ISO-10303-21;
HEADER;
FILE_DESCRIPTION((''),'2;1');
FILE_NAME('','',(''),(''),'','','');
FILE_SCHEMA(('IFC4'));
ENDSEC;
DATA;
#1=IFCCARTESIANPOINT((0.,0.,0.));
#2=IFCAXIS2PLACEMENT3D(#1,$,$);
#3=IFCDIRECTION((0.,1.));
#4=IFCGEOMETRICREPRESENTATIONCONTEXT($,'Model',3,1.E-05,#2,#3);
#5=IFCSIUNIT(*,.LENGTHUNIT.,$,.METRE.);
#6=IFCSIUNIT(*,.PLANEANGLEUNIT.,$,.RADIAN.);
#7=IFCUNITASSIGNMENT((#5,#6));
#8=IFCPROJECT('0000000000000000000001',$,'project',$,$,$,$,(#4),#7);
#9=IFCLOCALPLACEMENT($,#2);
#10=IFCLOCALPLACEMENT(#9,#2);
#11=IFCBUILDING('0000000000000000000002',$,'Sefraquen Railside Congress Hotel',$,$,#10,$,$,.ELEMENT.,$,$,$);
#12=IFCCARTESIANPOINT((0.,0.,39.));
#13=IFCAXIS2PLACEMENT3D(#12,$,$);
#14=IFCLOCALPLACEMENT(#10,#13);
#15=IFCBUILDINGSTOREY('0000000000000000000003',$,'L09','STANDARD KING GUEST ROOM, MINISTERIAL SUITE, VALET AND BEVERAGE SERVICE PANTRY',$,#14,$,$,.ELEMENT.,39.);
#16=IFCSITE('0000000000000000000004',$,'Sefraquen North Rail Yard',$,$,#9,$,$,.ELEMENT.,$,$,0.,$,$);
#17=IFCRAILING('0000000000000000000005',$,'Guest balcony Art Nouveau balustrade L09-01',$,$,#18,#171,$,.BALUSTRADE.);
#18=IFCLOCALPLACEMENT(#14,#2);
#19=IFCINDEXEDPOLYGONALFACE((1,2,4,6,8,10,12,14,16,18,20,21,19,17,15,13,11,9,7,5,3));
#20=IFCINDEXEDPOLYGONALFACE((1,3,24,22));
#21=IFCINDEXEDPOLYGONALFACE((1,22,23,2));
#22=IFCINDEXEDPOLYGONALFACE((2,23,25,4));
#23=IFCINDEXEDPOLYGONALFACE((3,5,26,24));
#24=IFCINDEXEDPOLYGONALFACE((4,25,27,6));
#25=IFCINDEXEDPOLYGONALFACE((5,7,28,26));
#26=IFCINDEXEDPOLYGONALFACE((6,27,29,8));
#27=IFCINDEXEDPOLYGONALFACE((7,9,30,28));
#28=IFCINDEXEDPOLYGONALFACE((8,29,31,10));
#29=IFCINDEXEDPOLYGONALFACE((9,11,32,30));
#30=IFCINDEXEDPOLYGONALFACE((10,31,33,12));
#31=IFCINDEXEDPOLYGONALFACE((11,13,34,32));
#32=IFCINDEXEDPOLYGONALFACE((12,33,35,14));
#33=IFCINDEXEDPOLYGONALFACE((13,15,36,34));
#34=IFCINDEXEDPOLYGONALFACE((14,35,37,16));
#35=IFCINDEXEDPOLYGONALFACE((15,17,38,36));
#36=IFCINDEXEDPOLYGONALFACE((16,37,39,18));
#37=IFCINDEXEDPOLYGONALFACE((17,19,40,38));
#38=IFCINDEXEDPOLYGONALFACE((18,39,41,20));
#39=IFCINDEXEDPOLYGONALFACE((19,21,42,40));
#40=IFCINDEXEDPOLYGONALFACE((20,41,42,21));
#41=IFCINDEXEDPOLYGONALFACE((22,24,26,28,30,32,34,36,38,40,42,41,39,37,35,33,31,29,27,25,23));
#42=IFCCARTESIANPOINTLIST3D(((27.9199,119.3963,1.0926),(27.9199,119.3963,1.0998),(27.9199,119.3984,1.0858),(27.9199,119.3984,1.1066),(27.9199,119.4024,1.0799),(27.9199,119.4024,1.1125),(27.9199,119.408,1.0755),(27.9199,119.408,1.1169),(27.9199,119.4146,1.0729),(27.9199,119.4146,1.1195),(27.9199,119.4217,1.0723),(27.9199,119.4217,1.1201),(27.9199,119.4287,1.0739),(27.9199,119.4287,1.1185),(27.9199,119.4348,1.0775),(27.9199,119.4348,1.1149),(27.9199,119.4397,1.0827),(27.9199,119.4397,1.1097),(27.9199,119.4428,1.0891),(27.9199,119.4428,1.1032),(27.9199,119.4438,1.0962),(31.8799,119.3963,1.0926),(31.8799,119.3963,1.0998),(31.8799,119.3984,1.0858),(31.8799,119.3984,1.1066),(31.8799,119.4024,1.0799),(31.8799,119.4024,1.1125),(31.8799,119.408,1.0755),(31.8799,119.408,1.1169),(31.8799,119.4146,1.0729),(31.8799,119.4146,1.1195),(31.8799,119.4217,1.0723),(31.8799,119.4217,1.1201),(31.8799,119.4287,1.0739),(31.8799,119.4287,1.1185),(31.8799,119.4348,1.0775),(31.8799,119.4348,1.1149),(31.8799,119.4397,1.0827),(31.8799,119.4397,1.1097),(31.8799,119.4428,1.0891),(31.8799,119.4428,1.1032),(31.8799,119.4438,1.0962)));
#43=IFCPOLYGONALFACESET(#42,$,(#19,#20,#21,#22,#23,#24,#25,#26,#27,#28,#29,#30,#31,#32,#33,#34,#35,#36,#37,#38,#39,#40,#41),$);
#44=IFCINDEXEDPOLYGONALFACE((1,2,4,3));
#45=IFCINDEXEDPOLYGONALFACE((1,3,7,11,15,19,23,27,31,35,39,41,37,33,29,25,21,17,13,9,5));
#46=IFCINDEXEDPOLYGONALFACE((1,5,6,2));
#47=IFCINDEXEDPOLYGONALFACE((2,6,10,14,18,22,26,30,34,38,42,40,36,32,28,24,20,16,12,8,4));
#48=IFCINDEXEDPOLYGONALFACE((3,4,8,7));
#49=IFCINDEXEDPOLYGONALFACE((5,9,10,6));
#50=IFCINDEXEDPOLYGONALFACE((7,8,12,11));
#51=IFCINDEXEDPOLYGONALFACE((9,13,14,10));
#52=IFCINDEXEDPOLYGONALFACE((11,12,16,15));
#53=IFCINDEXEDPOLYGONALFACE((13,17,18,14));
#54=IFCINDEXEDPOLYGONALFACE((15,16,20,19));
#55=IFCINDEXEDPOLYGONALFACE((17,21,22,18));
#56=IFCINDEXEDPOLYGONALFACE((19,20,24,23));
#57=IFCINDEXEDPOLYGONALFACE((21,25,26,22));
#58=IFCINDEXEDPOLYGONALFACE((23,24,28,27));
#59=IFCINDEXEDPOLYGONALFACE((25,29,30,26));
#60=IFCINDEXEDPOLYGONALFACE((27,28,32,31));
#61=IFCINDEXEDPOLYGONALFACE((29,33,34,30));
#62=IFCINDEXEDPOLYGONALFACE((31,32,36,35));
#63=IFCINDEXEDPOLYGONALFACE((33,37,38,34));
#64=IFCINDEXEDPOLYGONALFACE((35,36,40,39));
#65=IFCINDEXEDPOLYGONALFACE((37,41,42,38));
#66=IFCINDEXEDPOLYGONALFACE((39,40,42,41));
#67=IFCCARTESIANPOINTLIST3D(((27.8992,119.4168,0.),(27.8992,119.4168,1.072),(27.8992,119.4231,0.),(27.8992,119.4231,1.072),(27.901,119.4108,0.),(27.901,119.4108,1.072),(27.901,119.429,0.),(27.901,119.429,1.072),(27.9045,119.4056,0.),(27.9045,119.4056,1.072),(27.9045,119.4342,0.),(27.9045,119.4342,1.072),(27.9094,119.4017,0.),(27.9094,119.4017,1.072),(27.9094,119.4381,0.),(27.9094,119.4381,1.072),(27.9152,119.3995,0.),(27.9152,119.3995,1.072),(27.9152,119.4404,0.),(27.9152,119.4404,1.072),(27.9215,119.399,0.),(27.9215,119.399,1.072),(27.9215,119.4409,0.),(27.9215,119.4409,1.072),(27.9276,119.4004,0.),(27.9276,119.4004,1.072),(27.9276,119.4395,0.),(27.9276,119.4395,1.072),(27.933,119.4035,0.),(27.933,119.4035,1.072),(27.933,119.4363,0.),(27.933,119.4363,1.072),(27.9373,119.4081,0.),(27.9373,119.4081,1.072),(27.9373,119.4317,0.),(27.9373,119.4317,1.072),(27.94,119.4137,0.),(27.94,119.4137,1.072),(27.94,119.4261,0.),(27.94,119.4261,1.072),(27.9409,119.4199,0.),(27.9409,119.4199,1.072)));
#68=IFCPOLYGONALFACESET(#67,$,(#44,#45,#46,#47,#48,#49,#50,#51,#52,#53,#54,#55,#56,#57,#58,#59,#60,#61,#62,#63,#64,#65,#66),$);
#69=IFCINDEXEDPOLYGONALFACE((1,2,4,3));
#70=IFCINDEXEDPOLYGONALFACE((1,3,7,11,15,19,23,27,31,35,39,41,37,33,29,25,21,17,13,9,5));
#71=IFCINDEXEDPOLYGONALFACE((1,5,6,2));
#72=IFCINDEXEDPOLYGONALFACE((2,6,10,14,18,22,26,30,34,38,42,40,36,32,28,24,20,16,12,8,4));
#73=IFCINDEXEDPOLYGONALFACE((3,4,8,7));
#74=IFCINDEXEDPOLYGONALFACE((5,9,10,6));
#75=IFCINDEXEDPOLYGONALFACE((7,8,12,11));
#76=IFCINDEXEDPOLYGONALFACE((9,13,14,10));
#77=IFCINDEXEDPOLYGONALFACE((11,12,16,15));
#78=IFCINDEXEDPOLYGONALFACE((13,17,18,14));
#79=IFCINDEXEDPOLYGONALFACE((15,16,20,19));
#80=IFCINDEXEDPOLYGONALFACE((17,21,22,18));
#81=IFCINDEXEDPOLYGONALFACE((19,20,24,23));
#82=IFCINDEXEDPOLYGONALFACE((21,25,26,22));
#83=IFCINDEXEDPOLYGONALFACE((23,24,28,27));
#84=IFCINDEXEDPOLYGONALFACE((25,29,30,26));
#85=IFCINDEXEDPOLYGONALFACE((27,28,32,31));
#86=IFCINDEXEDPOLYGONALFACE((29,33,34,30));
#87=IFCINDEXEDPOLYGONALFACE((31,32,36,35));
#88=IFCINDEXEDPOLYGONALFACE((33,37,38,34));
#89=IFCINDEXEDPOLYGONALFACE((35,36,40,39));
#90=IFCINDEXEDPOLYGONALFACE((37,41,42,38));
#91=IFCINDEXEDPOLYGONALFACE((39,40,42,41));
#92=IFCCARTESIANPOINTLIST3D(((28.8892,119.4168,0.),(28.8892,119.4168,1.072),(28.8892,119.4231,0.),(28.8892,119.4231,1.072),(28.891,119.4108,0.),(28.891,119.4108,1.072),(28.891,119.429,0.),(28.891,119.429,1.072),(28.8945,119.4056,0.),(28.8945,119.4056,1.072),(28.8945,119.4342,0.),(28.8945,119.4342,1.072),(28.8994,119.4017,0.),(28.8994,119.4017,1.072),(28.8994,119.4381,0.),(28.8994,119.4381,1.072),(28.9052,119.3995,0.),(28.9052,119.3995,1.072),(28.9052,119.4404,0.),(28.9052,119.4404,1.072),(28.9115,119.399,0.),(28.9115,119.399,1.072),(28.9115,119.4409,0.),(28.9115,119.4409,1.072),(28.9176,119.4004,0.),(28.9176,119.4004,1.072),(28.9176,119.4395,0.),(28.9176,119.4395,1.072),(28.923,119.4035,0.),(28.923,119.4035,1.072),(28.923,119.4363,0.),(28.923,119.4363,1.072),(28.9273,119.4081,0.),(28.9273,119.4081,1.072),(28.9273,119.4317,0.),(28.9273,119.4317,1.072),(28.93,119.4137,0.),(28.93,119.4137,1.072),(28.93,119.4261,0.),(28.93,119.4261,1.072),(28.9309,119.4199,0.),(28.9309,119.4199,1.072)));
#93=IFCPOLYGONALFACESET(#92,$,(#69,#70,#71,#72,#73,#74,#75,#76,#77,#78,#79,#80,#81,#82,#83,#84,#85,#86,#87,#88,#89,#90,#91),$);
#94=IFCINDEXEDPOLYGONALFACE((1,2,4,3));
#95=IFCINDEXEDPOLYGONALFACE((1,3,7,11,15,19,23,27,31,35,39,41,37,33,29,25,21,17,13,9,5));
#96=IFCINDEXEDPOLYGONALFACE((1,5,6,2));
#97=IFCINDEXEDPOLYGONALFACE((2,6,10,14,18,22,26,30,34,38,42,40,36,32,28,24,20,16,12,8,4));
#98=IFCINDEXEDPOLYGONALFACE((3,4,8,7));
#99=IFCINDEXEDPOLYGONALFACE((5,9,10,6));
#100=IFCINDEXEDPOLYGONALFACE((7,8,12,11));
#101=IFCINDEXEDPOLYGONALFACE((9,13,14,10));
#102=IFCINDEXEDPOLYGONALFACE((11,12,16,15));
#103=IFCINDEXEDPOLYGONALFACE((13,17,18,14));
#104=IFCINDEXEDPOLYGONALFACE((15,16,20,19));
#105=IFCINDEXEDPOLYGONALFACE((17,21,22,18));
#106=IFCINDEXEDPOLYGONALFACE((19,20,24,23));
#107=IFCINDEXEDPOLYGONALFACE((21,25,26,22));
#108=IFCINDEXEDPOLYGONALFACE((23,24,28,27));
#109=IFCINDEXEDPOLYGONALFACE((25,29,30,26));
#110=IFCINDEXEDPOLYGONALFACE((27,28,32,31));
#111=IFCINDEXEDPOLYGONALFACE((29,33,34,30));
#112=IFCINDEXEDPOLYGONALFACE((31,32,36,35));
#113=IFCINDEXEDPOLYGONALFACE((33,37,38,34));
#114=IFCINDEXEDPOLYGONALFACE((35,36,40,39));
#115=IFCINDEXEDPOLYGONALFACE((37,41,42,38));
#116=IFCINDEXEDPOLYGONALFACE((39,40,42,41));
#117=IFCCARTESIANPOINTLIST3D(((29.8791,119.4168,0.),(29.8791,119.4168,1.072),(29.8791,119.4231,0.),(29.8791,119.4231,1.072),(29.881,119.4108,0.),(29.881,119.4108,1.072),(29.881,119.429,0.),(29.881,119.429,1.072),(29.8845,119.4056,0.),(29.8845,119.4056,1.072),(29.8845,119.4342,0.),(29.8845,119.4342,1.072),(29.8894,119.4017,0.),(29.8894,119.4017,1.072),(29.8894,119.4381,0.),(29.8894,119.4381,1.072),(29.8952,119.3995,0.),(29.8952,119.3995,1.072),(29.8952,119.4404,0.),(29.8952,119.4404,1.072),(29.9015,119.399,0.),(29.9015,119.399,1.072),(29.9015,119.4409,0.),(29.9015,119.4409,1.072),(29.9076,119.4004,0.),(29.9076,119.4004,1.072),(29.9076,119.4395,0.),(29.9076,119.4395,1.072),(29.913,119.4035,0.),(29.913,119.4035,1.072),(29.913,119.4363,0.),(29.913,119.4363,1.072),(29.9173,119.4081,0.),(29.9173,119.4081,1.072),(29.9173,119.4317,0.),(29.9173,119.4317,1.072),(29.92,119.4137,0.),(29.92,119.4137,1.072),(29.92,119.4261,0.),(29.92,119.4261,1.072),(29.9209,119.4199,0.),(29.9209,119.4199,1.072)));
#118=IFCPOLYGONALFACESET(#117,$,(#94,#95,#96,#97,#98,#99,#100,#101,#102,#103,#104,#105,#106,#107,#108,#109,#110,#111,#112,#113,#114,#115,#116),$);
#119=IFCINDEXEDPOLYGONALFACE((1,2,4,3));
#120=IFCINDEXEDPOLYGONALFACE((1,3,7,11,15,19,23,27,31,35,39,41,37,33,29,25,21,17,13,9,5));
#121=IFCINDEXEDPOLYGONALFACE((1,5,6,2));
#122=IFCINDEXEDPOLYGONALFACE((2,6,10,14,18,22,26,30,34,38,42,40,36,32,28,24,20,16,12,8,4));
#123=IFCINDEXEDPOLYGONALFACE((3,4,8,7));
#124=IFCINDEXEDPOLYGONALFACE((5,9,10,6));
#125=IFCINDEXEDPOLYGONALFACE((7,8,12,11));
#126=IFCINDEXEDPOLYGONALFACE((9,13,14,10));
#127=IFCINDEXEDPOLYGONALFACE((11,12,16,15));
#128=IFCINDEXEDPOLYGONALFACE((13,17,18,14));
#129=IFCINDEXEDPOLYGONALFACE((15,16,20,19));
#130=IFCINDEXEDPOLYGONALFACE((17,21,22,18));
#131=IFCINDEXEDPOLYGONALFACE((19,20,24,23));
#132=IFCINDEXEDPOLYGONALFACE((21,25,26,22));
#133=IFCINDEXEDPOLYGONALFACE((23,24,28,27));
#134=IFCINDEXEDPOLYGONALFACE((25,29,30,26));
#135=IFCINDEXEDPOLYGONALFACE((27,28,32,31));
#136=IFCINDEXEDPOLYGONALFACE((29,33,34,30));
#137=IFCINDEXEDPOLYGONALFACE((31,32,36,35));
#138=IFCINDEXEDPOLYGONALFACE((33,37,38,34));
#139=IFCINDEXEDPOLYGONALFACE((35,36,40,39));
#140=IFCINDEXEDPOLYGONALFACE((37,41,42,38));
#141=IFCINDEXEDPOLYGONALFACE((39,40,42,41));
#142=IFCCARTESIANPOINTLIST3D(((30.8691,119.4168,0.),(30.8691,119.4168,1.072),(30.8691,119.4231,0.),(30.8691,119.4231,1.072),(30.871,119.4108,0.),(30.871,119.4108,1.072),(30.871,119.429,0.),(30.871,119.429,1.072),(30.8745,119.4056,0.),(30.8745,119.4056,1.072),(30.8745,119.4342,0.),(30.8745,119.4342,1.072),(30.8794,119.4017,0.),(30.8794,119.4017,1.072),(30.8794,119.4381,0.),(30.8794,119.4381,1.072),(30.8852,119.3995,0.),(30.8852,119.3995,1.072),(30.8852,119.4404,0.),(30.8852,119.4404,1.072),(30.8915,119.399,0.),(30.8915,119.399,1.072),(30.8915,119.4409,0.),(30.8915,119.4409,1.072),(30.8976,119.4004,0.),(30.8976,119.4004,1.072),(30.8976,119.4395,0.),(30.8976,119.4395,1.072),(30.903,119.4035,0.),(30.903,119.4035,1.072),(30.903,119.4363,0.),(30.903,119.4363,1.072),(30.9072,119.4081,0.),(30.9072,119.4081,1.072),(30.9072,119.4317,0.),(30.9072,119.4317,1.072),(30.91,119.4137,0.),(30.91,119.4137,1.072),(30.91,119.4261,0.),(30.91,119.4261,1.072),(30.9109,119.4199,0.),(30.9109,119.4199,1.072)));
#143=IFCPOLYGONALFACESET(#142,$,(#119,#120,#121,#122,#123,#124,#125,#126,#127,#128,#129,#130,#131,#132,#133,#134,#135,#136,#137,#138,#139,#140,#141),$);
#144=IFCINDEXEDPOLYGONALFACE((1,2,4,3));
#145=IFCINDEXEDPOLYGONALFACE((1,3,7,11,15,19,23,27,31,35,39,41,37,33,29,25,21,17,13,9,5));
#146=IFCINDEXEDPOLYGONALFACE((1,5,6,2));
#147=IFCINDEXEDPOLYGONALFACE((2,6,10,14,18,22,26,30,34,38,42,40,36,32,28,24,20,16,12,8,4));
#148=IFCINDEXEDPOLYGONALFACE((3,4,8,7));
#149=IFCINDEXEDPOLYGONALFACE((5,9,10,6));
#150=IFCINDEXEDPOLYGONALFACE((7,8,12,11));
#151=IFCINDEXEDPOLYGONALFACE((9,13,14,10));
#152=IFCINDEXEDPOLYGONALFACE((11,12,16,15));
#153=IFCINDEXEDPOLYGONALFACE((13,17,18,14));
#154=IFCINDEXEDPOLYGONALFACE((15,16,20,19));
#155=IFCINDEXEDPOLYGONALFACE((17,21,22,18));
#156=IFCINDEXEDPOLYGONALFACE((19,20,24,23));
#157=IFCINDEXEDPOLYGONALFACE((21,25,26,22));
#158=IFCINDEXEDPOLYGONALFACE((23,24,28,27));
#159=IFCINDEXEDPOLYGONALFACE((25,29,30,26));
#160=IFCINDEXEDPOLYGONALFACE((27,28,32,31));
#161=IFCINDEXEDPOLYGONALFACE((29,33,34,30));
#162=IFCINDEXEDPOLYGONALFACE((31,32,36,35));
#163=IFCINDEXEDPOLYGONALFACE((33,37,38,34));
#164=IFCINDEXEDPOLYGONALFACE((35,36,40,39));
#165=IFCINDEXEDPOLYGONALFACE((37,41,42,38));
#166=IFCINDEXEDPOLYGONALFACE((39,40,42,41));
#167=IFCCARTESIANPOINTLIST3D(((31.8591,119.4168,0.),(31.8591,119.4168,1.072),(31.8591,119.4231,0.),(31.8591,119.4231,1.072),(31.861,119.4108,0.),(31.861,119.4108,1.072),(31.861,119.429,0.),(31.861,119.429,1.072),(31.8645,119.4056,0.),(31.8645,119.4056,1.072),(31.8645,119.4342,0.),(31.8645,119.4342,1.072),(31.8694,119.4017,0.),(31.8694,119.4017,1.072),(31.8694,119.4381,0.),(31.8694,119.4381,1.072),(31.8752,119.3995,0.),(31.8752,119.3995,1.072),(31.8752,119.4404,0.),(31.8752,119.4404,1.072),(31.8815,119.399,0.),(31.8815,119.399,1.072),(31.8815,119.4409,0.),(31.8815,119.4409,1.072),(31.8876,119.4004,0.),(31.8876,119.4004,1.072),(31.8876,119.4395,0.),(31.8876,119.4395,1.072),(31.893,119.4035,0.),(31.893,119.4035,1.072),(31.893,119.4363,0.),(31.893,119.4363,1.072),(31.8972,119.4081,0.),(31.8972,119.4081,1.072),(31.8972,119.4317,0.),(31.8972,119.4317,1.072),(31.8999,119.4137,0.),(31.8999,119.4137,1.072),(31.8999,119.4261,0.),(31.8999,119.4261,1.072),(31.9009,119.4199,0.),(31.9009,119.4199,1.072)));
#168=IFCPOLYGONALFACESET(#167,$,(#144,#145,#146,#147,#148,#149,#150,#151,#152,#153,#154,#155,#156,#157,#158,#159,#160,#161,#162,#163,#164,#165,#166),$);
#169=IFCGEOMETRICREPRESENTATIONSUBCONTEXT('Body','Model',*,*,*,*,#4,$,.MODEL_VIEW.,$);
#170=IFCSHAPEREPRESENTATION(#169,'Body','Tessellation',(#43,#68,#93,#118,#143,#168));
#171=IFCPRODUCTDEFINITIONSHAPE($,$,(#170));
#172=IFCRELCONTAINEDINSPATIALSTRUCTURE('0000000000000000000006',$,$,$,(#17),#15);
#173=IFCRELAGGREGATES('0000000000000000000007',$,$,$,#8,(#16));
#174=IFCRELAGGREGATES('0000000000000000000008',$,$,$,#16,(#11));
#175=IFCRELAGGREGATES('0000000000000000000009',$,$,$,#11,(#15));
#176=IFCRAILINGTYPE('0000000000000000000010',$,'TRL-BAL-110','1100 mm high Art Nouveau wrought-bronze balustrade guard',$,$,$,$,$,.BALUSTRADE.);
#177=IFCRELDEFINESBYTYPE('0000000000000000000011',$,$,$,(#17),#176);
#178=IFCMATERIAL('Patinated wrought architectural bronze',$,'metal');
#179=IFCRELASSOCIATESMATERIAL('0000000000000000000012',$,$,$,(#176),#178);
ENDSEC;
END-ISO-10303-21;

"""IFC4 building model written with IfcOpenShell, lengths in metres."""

from ifc_helpers import new_model, si_unit, direction, frame, origin, origin_2d, place, context, subcontext, project, spatial, circle, extrude, material, type_object, element, save


model = new_model("IFC4")

# Units and contexts
model_context = context("Model", 3, precision=1e-05, world=origin(), true_north=direction((0.0, 1.0)))
body_context = subcontext(model_context, "Body", "Model", "MODEL_VIEW")
ifc_project = project(units=[si_unit("LENGTHUNIT", "METRE"), si_unit("PLANEANGLEUNIT", "RADIAN")], contexts=[model_context])

# Site, building, storey
site_placement = place(None, origin())
site = spatial("IfcSite", under=ifc_project, at=site_placement, Name="Sefraquen North Rail Yard", CompositionType="ELEMENT", RefElevation=0.0)
building_placement = place(site_placement, origin())
building = spatial("IfcBuilding", under=site, at=building_placement, Name="Sefraquen Railside Congress Hotel", CompositionType="ELEMENT")
storey_placement = place(building_placement, frame((0.0, 0.0, 39.0)))
storey = spatial("IfcBuildingStorey", under=building, at=storey_placement, Name="L09", Description="STANDARD KING GUEST ROOM, MINISTERIAL SUITE, VALET AND BEVERAGE SERVICE PANTRY", CompositionType="ELEMENT", Elevation=39.0)

# Railing
ifc_material_1 = material(Name="Patinated wrought architectural bronze", Category="metal")
railing_type = type_object("IfcRailingType", Name="TRL-BAL-110", Description="1100 mm high Art Nouveau wrought-bronze balustrade guard", PredefinedType="BALUSTRADE", material=ifc_material_1)
railing_1_placement = place(storey_placement, frame((27.9199, 119.4199, 0.0)))
element("IfcRailing", 1, at=railing_1_placement, inside=storey, type_object=railing_type, Name="Guest balcony Art Nouveau balustrade L09-01", PredefinedType="BALUSTRADE", context=body_context, shape_type="SweptSolid", body=[
    extrude(circle(Radius=0.0239, at=origin_2d()), frame((0.0, 0.0, 1.0962), z_axis=(1.0, 0.0, 0.0), x_axis=(0.0, 1.0, 0.0)), (0.0, 0.0, 1.0), 3.96),
    extrude(circle(Radius=0.021, at=origin_2d()), origin(), (0.0, 0.0, 1.0), 1.072),
    extrude(circle(Radius=0.021, at=origin_2d()), frame((0.99, 0.0, 0.0)), (0.0, 0.0, 1.0), 1.072),
    extrude(circle(Radius=0.021, at=origin_2d()), frame((1.98, 0.0, 0.0)), (0.0, 0.0, 1.0), 1.072),
    extrude(circle(Radius=0.021, at=origin_2d()), frame((2.97, 0.0, 0.0)), (0.0, 0.0, 1.0), 1.072),
    extrude(circle(Radius=0.021, at=origin_2d()), frame((3.96, 0.0, 0.0)), (0.0, 0.0, 1.0), 1.072),
])

save(model, "model.ifc")
